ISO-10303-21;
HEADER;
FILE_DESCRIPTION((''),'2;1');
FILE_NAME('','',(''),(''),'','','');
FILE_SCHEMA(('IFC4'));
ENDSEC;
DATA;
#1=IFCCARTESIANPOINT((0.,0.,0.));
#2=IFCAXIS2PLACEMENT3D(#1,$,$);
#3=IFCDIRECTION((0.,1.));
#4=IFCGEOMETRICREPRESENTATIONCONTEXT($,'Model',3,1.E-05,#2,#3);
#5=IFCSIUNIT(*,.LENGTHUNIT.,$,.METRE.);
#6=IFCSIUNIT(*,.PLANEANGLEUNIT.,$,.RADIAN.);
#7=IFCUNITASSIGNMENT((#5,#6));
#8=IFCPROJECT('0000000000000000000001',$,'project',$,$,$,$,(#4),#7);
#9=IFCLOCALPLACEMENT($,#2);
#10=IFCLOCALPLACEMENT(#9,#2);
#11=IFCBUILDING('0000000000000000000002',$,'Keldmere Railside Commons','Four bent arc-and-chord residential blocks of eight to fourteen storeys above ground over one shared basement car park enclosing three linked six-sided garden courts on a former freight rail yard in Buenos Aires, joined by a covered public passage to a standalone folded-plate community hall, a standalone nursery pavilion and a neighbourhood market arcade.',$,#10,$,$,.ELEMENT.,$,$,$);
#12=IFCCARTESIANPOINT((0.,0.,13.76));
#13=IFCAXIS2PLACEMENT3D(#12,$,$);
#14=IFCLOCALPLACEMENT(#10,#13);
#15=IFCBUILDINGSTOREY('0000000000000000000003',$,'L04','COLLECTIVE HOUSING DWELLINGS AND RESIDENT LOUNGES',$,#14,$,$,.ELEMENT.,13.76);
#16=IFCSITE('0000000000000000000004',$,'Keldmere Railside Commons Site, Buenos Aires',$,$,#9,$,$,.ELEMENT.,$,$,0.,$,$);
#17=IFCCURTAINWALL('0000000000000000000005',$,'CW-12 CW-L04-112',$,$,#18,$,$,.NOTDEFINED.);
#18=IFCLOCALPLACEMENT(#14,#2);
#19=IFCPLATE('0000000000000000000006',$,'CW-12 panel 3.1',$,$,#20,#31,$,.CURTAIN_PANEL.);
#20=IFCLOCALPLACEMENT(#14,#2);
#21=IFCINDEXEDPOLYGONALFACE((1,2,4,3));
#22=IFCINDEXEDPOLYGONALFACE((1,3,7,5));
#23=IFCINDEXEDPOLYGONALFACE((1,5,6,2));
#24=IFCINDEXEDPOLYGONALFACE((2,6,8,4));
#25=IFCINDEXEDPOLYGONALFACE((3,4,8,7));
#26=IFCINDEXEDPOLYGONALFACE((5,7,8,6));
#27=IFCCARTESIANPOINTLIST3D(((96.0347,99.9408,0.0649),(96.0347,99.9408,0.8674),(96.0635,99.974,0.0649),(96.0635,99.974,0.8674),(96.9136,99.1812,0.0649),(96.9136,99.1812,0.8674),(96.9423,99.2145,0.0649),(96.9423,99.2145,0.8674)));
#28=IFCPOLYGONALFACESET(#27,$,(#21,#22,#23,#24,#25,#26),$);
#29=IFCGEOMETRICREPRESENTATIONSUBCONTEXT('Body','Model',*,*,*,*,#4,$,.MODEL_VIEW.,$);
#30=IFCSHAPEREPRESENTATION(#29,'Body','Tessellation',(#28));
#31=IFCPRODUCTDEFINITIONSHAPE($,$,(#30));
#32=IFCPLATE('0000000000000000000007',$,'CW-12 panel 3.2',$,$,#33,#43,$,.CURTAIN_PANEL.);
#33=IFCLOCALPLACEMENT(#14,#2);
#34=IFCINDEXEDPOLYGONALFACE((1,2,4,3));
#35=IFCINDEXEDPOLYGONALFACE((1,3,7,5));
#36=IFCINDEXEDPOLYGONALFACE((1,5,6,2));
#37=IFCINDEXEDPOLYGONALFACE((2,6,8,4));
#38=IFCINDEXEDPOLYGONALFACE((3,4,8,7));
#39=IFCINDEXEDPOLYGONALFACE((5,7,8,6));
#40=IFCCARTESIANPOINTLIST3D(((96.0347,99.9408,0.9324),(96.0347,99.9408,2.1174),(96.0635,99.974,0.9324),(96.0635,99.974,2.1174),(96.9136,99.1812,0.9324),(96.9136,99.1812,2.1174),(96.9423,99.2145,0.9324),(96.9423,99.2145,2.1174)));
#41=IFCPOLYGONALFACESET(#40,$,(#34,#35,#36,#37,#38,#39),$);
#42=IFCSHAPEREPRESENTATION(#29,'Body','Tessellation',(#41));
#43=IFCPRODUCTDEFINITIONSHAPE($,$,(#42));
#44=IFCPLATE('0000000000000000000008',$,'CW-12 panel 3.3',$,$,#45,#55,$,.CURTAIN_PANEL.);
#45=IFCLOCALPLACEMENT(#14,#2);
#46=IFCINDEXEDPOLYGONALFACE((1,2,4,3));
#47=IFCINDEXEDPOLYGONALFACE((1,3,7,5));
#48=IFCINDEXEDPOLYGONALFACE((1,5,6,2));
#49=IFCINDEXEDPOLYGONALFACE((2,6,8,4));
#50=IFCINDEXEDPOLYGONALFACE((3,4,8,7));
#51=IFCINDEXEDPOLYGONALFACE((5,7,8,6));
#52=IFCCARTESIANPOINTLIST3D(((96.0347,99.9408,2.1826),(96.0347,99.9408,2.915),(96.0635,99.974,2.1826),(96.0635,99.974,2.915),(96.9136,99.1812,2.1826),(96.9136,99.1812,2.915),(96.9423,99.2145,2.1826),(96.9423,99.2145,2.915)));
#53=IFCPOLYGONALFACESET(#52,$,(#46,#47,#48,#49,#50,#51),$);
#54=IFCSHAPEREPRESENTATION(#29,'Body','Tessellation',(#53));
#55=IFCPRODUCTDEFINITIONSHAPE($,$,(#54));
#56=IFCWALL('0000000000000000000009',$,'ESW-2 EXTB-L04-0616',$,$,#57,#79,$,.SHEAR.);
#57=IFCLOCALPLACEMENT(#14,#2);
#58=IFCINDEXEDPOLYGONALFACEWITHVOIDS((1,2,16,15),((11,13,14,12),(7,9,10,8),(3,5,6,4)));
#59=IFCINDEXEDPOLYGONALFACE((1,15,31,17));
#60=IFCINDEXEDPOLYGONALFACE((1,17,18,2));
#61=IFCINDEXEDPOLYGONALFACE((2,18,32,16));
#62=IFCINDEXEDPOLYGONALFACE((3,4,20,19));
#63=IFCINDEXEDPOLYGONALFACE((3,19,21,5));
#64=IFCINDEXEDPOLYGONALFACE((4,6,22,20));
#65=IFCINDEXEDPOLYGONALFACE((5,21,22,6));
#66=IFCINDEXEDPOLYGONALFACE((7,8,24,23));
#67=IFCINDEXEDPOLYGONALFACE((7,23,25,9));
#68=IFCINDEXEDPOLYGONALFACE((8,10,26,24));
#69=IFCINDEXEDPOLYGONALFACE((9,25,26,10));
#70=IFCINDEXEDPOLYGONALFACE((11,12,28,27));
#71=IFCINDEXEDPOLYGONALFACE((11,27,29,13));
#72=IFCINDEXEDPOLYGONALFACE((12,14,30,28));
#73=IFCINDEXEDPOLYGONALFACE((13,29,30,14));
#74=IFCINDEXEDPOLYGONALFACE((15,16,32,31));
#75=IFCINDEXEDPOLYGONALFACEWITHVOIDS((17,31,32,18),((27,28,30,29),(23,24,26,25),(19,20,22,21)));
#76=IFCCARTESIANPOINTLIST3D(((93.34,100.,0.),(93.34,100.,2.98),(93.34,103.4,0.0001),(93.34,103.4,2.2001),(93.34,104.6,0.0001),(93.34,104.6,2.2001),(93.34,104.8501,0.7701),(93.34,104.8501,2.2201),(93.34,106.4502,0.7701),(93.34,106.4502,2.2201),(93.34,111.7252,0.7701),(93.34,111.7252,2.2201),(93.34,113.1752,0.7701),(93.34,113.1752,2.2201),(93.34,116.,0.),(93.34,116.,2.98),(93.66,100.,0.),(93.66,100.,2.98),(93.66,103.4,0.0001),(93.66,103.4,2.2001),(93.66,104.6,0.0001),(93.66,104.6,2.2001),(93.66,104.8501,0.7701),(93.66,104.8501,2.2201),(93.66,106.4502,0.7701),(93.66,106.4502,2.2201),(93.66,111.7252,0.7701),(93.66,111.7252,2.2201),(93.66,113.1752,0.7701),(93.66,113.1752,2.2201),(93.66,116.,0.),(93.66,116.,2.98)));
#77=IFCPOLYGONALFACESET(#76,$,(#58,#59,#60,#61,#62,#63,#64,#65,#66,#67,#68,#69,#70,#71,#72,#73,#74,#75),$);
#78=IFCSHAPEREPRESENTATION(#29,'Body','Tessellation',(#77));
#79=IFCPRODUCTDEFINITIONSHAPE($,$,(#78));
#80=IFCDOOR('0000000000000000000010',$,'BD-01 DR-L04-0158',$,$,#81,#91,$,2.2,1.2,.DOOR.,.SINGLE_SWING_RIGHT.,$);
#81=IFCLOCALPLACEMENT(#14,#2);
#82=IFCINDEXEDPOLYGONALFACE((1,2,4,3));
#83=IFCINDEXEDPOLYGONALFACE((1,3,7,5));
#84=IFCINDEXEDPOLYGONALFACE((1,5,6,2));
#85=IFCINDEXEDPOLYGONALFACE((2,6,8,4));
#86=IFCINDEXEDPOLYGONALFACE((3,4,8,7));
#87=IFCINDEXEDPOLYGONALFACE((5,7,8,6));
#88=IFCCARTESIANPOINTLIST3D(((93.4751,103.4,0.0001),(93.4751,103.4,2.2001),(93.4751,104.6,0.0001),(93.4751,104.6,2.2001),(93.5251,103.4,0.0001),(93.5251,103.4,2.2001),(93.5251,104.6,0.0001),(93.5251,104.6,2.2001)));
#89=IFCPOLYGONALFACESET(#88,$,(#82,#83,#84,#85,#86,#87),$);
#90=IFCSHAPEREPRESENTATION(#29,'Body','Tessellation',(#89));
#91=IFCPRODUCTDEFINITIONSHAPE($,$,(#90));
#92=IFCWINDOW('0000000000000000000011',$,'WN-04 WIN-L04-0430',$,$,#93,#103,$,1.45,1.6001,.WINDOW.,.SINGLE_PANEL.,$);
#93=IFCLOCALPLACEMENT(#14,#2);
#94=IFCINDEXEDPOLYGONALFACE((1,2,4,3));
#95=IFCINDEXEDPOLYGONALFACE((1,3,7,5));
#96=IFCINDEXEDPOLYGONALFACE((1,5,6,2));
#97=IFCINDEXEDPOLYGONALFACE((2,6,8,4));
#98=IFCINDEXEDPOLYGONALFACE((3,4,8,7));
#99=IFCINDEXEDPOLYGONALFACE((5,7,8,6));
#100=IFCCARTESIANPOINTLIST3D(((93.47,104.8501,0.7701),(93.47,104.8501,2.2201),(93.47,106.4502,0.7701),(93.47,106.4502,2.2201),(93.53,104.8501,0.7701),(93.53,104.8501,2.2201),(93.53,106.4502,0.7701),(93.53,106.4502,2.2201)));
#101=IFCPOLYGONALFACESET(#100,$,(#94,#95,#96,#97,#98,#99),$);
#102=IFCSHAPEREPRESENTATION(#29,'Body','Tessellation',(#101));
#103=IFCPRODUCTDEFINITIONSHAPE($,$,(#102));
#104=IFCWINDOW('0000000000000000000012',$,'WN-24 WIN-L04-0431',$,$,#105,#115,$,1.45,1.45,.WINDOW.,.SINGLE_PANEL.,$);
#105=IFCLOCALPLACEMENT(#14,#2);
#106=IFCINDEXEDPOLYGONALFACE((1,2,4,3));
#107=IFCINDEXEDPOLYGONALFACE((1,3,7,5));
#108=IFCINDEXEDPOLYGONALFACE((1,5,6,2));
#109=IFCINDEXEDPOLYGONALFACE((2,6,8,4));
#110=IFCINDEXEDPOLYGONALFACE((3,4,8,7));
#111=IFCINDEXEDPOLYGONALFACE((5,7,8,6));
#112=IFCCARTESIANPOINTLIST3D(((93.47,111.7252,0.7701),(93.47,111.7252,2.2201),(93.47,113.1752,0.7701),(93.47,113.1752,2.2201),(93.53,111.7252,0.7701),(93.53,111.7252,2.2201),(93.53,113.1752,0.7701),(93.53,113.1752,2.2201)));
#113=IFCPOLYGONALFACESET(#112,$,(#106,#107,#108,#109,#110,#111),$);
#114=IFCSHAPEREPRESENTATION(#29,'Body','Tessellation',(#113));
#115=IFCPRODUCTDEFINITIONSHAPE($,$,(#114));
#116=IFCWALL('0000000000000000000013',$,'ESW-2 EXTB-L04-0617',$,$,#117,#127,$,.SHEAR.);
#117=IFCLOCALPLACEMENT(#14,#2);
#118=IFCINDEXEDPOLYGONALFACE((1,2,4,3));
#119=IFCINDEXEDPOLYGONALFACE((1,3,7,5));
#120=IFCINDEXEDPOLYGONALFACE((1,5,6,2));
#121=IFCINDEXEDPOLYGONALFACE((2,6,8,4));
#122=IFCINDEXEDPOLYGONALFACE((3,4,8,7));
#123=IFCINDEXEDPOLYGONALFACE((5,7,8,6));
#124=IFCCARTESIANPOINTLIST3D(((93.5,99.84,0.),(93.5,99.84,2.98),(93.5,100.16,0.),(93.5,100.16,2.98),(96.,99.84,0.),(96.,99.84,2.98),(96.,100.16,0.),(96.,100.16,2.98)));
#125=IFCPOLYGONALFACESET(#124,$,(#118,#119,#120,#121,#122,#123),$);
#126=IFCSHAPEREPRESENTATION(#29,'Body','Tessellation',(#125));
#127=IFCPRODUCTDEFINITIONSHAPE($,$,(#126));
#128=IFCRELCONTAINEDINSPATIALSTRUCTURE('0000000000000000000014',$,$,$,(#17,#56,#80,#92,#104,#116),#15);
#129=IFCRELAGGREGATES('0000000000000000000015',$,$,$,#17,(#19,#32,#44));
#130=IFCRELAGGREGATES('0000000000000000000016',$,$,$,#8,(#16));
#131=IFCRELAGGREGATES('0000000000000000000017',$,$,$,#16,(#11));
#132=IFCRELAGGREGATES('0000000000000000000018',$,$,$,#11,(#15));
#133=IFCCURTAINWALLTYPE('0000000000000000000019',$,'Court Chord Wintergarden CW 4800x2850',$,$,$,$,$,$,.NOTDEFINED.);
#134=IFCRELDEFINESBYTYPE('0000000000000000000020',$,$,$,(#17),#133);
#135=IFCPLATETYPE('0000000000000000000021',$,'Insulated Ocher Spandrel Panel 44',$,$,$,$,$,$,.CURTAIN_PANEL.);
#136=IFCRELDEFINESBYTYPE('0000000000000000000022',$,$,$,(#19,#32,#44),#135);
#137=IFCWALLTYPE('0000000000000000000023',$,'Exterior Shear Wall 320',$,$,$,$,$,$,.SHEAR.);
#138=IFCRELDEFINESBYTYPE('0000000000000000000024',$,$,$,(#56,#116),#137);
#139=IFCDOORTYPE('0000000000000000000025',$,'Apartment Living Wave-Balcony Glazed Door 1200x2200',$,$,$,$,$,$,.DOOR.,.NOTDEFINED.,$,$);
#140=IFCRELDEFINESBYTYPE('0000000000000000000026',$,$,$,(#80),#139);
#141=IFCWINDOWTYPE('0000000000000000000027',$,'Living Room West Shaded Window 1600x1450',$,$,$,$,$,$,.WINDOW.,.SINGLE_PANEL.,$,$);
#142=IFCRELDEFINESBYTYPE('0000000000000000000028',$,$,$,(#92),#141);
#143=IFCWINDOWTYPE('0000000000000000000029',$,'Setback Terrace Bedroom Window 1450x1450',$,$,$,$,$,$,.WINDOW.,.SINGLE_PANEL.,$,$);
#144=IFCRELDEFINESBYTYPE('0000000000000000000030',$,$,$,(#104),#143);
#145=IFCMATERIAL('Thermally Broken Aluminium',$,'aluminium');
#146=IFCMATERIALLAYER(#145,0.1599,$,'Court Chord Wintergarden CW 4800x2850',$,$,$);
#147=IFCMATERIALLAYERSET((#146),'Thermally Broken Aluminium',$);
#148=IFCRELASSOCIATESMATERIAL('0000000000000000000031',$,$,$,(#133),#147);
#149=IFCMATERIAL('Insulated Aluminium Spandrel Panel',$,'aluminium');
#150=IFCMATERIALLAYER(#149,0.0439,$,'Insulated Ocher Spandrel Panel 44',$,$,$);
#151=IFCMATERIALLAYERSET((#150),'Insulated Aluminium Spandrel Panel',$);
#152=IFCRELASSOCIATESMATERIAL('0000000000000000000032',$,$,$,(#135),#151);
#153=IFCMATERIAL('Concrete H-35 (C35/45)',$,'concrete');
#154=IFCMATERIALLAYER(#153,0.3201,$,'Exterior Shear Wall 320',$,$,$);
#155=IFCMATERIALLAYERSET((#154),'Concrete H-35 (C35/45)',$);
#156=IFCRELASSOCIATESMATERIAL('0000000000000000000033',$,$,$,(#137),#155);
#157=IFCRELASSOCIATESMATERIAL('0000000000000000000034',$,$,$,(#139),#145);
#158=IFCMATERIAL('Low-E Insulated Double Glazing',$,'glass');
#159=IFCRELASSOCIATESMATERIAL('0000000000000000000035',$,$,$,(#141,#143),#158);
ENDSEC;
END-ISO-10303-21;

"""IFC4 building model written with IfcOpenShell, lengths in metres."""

from ifc_helpers import new_model, si_unit, direction, frame, frame_2d, origin, origin_2d, place, context, subcontext, project, spatial, rectangle, extrude, material, layer, layer_set, type_object, element, fill, aggregate, save


model = new_model("IFC4")

# Units and contexts
model_context = context("Model", 3, precision=1e-05, world=origin(), true_north=direction((0.0, 1.0)))
body_context = subcontext(model_context, "Body", "Model", "MODEL_VIEW")
ifc_project = project(units=[si_unit("LENGTHUNIT", "METRE"), si_unit("PLANEANGLEUNIT", "RADIAN")], contexts=[model_context])

# Site, building, storey
site_placement = place(None, origin())
site = spatial("IfcSite", under=ifc_project, at=site_placement, Name="Keldmere Railside Commons Site, Buenos Aires", CompositionType="ELEMENT", RefElevation=0.0)
building_placement = place(site_placement, origin())
building = spatial("IfcBuilding", under=site, at=building_placement, Name="Keldmere Railside Commons", Description="Four bent arc-and-chord residential blocks of eight to fourteen storeys above ground over one shared basement car park enclosing three linked six-sided garden courts on a former freight rail yard in Buenos Aires, joined by a covered public passage to a standalone folded-plate community hall, a standalone nursery pavilion and a neighbourhood market arcade.", CompositionType="ELEMENT")
storey_placement = place(building_placement, frame((0.0, 0.0, 13.76)))
storey = spatial("IfcBuildingStorey", under=building, at=storey_placement, Name="L04", Description="COLLECTIVE HOUSING DWELLINGS AND RESIDENT LOUNGES", CompositionType="ELEMENT", Elevation=13.76)

# Shared definitions
ifc_material_1 = material(Name="Concrete H-35 (C35/45)", Category="concrete")

# Curtain wall, plates
ifc_material_2 = material(Name="Thermally Broken Aluminium", Category="aluminium")
ifc_layer_1 = layer(ifc_material_2, 0.1599, Name="Court Chord Wintergarden CW 4800x2850")
ifc_layer_set_1 = layer_set([ifc_layer_1], Name="Thermally Broken Aluminium")
curtain_wall_type = type_object("IfcCurtainWallType", Name="Court Chord Wintergarden CW 4800x2850", PredefinedType="NOTDEFINED", material=ifc_layer_set_1)
curtain_wall_placement = place(storey_placement, origin())
curtain_wall = element("IfcCurtainWall", 1, at=curtain_wall_placement, inside=storey, type_object=curtain_wall_type, Name="CW-12 CW-L04-112", PredefinedType="NOTDEFINED")
ifc_material_3 = material(Name="Insulated Aluminium Spandrel Panel", Category="aluminium")
ifc_layer_2 = layer(ifc_material_3, 0.0439, Name="Insulated Ocher Spandrel Panel 44")
ifc_layer_set_2 = layer_set([ifc_layer_2], Name="Insulated Aluminium Spandrel Panel")
plate_type = type_object("IfcPlateType", Name="Insulated Ocher Spandrel Panel 44", PredefinedType="CURTAIN_PANEL", material=ifc_layer_set_2)
plate_1_placement = place(storey_placement, frame((96.4885, 99.5776, 0.0649), z_axis=(0.0, 0.0, 1.0), x_axis=(-0.756597, 0.653882, 0.0)))
plate_1 = element("IfcPlate", 2, at=plate_1_placement, type_object=plate_type, Name="CW-12 panel 3.1", PredefinedType="CURTAIN_PANEL", context=body_context, shape_type="SweptSolid", body=[
    extrude(rectangle(XDim=1.1616, YDim=0.0439, at=origin_2d()), origin(), (0.0, 0.0, 1.0), 0.8025),
])
plate_2_placement = place(storey_placement, frame((96.4885, 99.5776, 0.9324), z_axis=(0.0, 0.0, 1.0), x_axis=(-0.756597, 0.653882, 0.0)))
plate_2 = element("IfcPlate", 3, at=plate_2_placement, type_object=plate_type, Name="CW-12 panel 3.2", PredefinedType="CURTAIN_PANEL", context=body_context, shape_type="SweptSolid", body=[
    extrude(rectangle(XDim=1.1616, YDim=0.0439, at=origin_2d()), origin(), (0.0, 0.0, 1.0), 1.1851),
])
plate_3_placement = place(storey_placement, frame((96.4885, 99.5776, 2.1826), z_axis=(0.0, 0.0, 1.0), x_axis=(-0.756597, 0.653882, 0.0)))
plate_3 = element("IfcPlate", 4, at=plate_3_placement, type_object=plate_type, Name="CW-12 panel 3.3", PredefinedType="CURTAIN_PANEL", context=body_context, shape_type="SweptSolid", body=[
    extrude(rectangle(XDim=1.1616, YDim=0.0439, at=origin_2d()), origin(), (0.0, 0.0, 1.0), 0.7324),
])
aggregate(curtain_wall, [plate_1, plate_2, plate_3])

# Wall, openings, door, windows
ifc_layer_3 = layer(ifc_material_1, 0.3201, Name="Exterior Shear Wall 320")
ifc_layer_set_3 = layer_set([ifc_layer_3], Name="Concrete H-35 (C35/45)")
wall_type = type_object("IfcWallType", Name="Exterior Shear Wall 320", PredefinedType="SHEAR", material=ifc_layer_set_3)
wall_1_placement = place(storey_placement, frame((93.5, 100.0, 0.0), z_axis=(0.0, 0.0, 1.0), x_axis=(0.0, 1.0, 0.0)))
wall_1 = element("IfcWall", 5, at=wall_1_placement, inside=storey, type_object=wall_type, Name="ESW-2 EXTB-L04-0616", PredefinedType="SHEAR", context=body_context, shape_type="SweptSolid", body=[
    extrude(rectangle(XDim=16.0, YDim=0.3201, at=frame_2d((8.0, 0.0))), origin(), (0.0, 0.0, 1.0), 2.98),
])
opening_1_placement = place(wall_1_placement, frame((3.3999, 0.0, 0.0)))
opening_1 = element("IfcOpeningElement", 6, at=opening_1_placement, cuts=wall_1, PredefinedType="OPENING", context=body_context, shape_type="SweptSolid", body=[
    extrude(rectangle(XDim=1.2, YDim=2.2, at=frame_2d((0.6001, 1.1001))), frame((0.0, 0.1699, 0.0), z_axis=(0.0, -1.0, 0.0), x_axis=(1.0, 0.0, 0.0)), (0.0, 0.0, 1.0), 0.3401),
])
opening_2_placement = place(wall_1_placement, frame((4.8501, 0.0, 0.77)))
opening_2 = element("IfcOpeningElement", 7, at=opening_2_placement, cuts=wall_1, PredefinedType="OPENING", context=body_context, shape_type="SweptSolid", body=[
    extrude(rectangle(XDim=1.6001, YDim=1.45, at=frame_2d((0.8, 0.7251))), frame((0.0, 0.1699, 0.0), z_axis=(0.0, -1.0, 0.0), x_axis=(1.0, 0.0, 0.0)), (0.0, 0.0, 1.0), 0.3401),
])
opening_3_placement = place(wall_1_placement, frame((11.7251, 0.0, 0.77)))
opening_3 = element("IfcOpeningElement", 8, at=opening_3_placement, cuts=wall_1, PredefinedType="OPENING", context=body_context, shape_type="SweptSolid", body=[
    extrude(rectangle(XDim=1.45, YDim=1.45, at=frame_2d((0.7251, 0.7251))), frame((0.0, 0.1699, 0.0), z_axis=(0.0, -1.0, 0.0), x_axis=(1.0, 0.0, 0.0)), (0.0, 0.0, 1.0), 0.3401),
])
door_type = type_object("IfcDoorType", Name="Apartment Living Wave-Balcony Glazed Door 1200x2200", OperationType="NOTDEFINED", PredefinedType="DOOR", material=ifc_material_2)
door_placement = place(opening_1_placement, origin())
door = element("IfcDoor", 9, at=door_placement, inside=storey, type_object=door_type, Name="BD-01 DR-L04-0158", OperationType="SINGLE_SWING_RIGHT", OverallHeight=2.2, OverallWidth=1.2, PredefinedType="DOOR", context=body_context, shape_type="SweptSolid", body=[
    extrude(rectangle(XDim=1.2, YDim=2.2, at=frame_2d((0.6001, 1.1001))), frame((0.0, 0.0249, 0.0), z_axis=(0.0, -1.0, 0.0), x_axis=(1.0, 0.0, 0.0)), (0.0, 0.0, 1.0), 0.05),
])
fill(opening_1, door)
ifc_material_4 = material(Name="Low-E Insulated Double Glazing", Category="glass")
window_type_1 = type_object("IfcWindowType", Name="Living Room West Shaded Window 1600x1450", PartitioningType="SINGLE_PANEL", PredefinedType="WINDOW", material=ifc_material_4)
window_1_placement = place(opening_2_placement, origin())
window_1 = element("IfcWindow", 10, at=window_1_placement, inside=storey, type_object=window_type_1, Name="WN-04 WIN-L04-0430", OverallHeight=1.45, OverallWidth=1.6001, PartitioningType="SINGLE_PANEL", PredefinedType="WINDOW", context=body_context, shape_type="SweptSolid", body=[
    extrude(rectangle(XDim=1.6001, YDim=1.45, at=frame_2d((0.8, 0.7251))), frame((0.0, 0.03, 0.0), z_axis=(0.0, -1.0, 0.0), x_axis=(1.0, 0.0, 0.0)), (0.0, 0.0, 1.0), 0.0601),
])
fill(opening_2, window_1)
window_type_2 = type_object("IfcWindowType", Name="Setback Terrace Bedroom Window 1450x1450", PartitioningType="SINGLE_PANEL", PredefinedType="WINDOW", material=ifc_material_4)
window_2_placement = place(opening_3_placement, origin())
window_2 = element("IfcWindow", 11, at=window_2_placement, inside=storey, type_object=window_type_2, Name="WN-24 WIN-L04-0431", OverallHeight=1.45, OverallWidth=1.45, PartitioningType="SINGLE_PANEL", PredefinedType="WINDOW", context=body_context, shape_type="SweptSolid", body=[
    extrude(rectangle(XDim=1.45, YDim=1.45, at=frame_2d((0.7251, 0.7251))), frame((0.0, 0.03, 0.0), z_axis=(0.0, -1.0, 0.0), x_axis=(1.0, 0.0, 0.0)), (0.0, 0.0, 1.0), 0.0601),
])
fill(opening_3, window_2)

# Wall
wall_2_placement = place(storey_placement, frame((96.0, 100.0, 0.0), z_axis=(0.0, 0.0, 1.0), x_axis=(-1.0, 0.0, 0.0)))
element("IfcWall", 12, at=wall_2_placement, inside=storey, type_object=wall_type, Name="ESW-2 EXTB-L04-0617", PredefinedType="SHEAR", context=body_context, shape_type="SweptSolid", body=[
    extrude(rectangle(XDim=2.5, YDim=0.3201, at=frame_2d((1.25, 0.0))), origin(), (0.0, 0.0, 1.0), 2.98),
])

save(model, "model.ifc")
